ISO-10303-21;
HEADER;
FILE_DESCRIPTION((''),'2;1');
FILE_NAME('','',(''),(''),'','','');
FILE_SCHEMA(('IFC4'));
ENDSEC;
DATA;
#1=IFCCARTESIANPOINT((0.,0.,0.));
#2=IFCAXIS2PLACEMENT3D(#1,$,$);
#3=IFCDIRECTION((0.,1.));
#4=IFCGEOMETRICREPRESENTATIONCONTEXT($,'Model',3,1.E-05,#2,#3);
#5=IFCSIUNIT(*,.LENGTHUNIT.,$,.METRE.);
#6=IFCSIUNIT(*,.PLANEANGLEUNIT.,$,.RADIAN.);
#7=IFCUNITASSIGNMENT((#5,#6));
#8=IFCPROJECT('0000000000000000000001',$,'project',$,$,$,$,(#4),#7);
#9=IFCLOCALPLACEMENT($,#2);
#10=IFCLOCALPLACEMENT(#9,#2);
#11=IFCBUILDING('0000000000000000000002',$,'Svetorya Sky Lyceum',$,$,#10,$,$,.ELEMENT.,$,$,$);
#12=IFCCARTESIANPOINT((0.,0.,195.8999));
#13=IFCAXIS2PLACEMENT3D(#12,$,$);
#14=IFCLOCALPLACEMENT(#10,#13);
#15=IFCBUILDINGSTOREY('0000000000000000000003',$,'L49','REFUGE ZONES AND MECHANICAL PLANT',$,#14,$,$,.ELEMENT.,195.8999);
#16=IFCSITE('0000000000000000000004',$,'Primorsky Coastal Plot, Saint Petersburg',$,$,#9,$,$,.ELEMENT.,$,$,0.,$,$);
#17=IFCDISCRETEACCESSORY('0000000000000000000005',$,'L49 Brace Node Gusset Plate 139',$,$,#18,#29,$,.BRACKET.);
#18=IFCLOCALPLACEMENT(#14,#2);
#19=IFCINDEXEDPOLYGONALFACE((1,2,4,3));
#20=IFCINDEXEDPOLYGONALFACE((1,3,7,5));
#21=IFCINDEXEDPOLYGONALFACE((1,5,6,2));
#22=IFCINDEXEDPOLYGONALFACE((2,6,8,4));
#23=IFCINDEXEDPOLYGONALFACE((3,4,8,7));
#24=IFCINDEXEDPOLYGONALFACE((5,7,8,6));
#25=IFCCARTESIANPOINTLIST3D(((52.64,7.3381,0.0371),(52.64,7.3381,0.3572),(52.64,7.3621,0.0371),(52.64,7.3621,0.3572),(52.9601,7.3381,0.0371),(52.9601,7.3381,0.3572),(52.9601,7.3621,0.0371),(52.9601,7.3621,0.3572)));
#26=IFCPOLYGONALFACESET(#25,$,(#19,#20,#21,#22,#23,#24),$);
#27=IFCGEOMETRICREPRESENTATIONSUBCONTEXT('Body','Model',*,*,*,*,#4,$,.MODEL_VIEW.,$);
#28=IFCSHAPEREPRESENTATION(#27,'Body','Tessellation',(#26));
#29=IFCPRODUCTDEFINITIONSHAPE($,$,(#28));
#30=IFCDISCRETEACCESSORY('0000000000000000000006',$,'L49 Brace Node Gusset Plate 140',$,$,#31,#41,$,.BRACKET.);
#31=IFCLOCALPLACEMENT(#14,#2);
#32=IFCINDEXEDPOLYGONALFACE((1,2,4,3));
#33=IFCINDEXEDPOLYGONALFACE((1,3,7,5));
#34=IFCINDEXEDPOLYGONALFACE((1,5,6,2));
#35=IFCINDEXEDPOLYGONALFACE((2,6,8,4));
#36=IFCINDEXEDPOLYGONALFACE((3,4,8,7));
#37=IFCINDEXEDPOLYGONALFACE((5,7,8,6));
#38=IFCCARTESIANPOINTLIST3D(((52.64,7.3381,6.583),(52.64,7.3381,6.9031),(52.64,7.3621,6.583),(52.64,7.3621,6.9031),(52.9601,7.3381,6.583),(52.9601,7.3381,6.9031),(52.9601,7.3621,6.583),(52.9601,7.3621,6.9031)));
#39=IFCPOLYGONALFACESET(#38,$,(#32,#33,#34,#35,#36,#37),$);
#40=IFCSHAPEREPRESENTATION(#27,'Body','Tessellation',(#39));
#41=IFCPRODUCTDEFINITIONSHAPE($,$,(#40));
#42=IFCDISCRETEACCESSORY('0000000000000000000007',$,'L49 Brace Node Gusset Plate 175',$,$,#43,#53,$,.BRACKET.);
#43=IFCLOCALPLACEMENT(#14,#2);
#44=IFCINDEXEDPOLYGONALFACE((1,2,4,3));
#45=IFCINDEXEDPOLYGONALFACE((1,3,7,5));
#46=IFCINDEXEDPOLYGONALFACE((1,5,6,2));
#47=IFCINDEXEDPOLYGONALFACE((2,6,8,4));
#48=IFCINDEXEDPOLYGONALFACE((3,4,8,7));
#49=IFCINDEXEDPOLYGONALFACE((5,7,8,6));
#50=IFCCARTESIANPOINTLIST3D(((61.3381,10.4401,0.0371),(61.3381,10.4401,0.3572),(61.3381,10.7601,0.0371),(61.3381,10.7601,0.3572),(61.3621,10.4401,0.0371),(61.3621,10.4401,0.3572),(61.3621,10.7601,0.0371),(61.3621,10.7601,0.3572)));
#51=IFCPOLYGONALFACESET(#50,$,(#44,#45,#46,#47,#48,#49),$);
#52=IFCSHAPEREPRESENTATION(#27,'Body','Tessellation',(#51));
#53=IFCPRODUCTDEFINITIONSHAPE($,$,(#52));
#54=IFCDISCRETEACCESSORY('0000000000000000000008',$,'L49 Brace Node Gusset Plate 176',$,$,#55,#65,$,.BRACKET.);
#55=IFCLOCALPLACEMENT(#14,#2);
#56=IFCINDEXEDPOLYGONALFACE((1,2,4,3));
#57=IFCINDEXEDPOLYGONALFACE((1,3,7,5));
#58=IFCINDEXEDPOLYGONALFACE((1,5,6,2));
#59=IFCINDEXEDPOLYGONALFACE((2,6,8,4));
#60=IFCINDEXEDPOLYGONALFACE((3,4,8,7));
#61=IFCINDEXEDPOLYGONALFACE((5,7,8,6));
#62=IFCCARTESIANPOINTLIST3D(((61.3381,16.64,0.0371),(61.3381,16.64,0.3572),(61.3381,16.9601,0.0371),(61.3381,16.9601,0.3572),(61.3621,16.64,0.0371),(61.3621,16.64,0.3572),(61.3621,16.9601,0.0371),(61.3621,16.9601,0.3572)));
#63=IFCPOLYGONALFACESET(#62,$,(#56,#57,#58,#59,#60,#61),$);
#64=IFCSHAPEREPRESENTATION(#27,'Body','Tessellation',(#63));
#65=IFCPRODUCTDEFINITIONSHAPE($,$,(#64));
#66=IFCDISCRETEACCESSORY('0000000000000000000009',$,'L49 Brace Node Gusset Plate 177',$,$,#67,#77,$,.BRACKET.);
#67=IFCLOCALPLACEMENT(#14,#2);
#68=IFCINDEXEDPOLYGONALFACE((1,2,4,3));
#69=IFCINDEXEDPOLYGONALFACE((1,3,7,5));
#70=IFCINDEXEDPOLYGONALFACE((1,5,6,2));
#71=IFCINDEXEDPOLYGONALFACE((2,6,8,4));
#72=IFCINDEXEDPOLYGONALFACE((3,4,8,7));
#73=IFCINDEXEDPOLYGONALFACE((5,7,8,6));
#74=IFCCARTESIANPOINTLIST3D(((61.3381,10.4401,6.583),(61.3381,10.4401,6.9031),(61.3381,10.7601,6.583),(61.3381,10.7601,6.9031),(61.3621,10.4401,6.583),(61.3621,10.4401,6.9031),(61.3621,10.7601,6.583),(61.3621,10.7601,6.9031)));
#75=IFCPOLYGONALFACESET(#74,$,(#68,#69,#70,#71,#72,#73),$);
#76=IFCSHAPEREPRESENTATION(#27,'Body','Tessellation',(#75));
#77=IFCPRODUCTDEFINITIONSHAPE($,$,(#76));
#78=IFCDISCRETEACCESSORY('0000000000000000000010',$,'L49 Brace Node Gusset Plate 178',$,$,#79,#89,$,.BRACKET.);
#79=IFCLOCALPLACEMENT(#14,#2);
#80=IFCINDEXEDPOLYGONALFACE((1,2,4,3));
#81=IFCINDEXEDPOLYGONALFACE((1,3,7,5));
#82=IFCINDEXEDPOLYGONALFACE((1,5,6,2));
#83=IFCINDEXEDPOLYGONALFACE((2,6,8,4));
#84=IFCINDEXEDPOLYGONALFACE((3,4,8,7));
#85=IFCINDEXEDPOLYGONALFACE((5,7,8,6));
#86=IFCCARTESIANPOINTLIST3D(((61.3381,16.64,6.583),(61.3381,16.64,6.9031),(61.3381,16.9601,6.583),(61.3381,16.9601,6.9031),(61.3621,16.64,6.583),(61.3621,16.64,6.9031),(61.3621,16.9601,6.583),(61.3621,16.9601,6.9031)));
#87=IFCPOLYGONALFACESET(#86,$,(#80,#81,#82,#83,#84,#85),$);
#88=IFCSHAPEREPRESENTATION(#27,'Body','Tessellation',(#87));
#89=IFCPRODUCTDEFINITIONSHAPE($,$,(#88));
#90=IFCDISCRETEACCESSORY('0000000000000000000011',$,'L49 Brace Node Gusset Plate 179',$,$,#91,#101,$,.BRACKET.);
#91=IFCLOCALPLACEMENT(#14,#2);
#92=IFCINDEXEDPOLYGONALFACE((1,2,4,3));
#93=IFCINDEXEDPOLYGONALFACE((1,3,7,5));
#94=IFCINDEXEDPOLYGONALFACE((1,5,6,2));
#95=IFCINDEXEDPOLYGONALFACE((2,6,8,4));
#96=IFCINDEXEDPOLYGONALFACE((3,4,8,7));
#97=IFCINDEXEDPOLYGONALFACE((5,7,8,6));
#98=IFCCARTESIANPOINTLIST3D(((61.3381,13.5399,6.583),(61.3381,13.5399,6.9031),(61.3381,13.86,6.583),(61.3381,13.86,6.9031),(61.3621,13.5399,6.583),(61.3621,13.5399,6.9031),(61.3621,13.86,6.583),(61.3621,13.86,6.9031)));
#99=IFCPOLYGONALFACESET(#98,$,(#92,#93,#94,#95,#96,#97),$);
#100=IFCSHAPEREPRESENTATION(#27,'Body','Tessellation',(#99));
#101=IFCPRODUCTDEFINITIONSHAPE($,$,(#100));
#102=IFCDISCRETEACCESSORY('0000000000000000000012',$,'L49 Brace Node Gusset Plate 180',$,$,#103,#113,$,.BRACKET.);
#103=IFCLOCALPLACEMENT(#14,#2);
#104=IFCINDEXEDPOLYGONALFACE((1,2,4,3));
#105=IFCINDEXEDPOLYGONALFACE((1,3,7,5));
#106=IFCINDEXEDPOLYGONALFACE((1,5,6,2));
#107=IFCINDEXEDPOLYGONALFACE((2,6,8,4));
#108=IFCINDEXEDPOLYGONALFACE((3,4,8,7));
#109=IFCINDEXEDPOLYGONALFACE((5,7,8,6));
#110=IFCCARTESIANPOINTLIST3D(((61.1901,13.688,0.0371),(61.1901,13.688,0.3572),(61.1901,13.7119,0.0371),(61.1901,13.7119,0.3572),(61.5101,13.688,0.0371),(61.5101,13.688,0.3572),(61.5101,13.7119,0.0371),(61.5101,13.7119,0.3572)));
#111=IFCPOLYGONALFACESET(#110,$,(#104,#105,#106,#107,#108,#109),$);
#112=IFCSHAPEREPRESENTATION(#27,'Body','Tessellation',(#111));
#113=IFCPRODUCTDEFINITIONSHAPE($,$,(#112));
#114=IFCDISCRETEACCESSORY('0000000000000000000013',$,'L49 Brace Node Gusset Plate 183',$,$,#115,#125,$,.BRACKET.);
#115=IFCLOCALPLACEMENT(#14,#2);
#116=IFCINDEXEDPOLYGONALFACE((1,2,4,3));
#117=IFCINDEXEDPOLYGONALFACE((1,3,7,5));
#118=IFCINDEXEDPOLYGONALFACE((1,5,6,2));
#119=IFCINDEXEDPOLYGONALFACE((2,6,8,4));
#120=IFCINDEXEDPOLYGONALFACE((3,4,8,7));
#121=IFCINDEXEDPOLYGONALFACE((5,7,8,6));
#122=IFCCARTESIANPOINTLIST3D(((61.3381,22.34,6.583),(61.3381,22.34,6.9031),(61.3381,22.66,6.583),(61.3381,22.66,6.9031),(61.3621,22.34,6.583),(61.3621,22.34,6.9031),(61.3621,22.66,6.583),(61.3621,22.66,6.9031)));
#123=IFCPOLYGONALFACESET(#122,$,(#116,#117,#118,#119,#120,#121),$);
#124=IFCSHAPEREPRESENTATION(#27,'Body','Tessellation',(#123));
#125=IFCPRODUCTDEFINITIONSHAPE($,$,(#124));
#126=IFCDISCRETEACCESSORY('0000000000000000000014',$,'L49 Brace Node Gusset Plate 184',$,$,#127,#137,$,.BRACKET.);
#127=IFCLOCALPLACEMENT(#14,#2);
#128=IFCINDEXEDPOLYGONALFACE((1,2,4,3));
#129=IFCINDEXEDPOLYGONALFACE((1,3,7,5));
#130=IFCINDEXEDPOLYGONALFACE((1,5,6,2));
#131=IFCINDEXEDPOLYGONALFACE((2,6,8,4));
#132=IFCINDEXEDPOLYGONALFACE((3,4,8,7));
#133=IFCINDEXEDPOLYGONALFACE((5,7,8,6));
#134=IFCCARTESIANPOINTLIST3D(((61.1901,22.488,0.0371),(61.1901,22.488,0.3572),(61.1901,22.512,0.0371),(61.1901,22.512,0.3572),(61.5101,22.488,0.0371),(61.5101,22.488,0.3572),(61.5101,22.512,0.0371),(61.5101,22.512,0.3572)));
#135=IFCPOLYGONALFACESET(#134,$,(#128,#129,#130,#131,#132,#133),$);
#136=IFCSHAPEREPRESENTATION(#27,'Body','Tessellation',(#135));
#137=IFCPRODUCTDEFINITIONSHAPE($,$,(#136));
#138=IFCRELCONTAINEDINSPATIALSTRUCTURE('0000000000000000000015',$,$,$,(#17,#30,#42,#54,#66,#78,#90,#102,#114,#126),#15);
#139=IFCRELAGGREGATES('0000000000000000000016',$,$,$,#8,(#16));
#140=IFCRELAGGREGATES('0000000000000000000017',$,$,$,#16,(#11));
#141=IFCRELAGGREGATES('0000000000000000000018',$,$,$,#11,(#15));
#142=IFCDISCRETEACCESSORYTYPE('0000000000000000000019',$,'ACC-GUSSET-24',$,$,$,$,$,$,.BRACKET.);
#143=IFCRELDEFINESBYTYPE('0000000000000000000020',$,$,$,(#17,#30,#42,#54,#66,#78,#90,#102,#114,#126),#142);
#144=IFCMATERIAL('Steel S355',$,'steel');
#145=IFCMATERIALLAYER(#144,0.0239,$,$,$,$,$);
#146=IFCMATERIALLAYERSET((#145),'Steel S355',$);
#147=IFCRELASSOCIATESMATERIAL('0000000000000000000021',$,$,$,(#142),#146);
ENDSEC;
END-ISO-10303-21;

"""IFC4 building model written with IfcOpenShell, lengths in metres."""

from ifc_helpers import new_model, si_unit, direction, frame, origin, origin_2d, place, context, subcontext, project, spatial, rectangle, extrude, material, layer, layer_set, type_object, element, save


model = new_model("IFC4")

# Units and contexts
model_context = context("Model", 3, precision=1e-05, world=origin(), true_north=direction((0.0, 1.0)))
body_context = subcontext(model_context, "Body", "Model", "MODEL_VIEW")
ifc_project = project(units=[si_unit("LENGTHUNIT", "METRE"), si_unit("PLANEANGLEUNIT", "RADIAN")], contexts=[model_context])

# Site, building, storey
site_placement = place(None, origin())
site = spatial("IfcSite", under=ifc_project, at=site_placement, Name="Primorsky Coastal Plot, Saint Petersburg", CompositionType="ELEMENT", RefElevation=0.0)
building_placement = place(site_placement, origin())
building = spatial("IfcBuilding", under=site, at=building_placement, Name="Svetorya Sky Lyceum", CompositionType="ELEMENT")
storey_placement = place(building_placement, frame((0.0, 0.0, 195.8999)))
storey = spatial("IfcBuildingStorey", under=building, at=storey_placement, Name="L49", Description="REFUGE ZONES AND MECHANICAL PLANT", CompositionType="ELEMENT", Elevation=195.8999)

# Shared definitions
ifc_material_1 = material(Name="Steel S355", Category="steel")

# Discrete accessories
ifc_layer_1 = layer(ifc_material_1, 0.0239)
ifc_layer_set_1 = layer_set([ifc_layer_1], Name="Steel S355")
discrete_accessory_type = type_object("IfcDiscreteAccessoryType", Name="ACC-GUSSET-24", PredefinedType="BRACKET", material=ifc_layer_set_1)
for number, where, z_axis, x_axis, name in (
    (1, (52.8, 7.3501, 0.0371), (0.0, 0.0, 1.0), (1.0, 0.0, 0.0), "L49 Brace Node Gusset Plate 139"),
    (2, (52.8, 7.3501, 6.583), (0.0, 0.0, 1.0), (1.0, 0.0, 0.0), "L49 Brace Node Gusset Plate 140"),
):
    element("IfcDiscreteAccessory", number, at=place(storey_placement, frame(where, z_axis=z_axis, x_axis=x_axis)), inside=storey, type_object=discrete_accessory_type, Name=name, PredefinedType="BRACKET", context=body_context, shape_type="SweptSolid", body=[
        extrude(rectangle(XDim=0.3201, YDim=0.0239, at=origin_2d()), origin(), (0.0, 0.0, 1.0), 0.3201),
    ])
for number, where, z_axis, x_axis, name in (
    (3, (61.3501, 10.6001, 0.0371), (0.0, 0.0, 1.0), (1.0, 0.0, 0.0), "L49 Brace Node Gusset Plate 175"),
    (4, (61.3501, 16.8, 0.0371), (0.0, 0.0, 1.0), (1.0, 0.0, 0.0), "L49 Brace Node Gusset Plate 176"),
    (5, (61.3501, 10.6001, 6.583), (0.0, 0.0, 1.0), (1.0, 0.0, 0.0), "L49 Brace Node Gusset Plate 177"),
    (6, (61.3501, 16.8, 6.583), (0.0, 0.0, 1.0), (1.0, 0.0, 0.0), "L49 Brace Node Gusset Plate 178"),
    (7, (61.3501, 13.7, 6.583), (0.0, 0.0, 1.0), (1.0, 0.0, 0.0), "L49 Brace Node Gusset Plate 179"),
):
    element("IfcDiscreteAccessory", number, at=place(storey_placement, frame(where, z_axis=z_axis, x_axis=x_axis)), inside=storey, type_object=discrete_accessory_type, Name=name, PredefinedType="BRACKET", context=body_context, shape_type="SweptSolid", body=[
        extrude(rectangle(XDim=0.0239, YDim=0.3201, at=origin_2d()), origin(), (0.0, 0.0, 1.0), 0.3201),
    ])
discrete_accessory_1_placement = place(storey_placement, frame((61.3501, 13.7, 0.0371), z_axis=(0.0, 0.0, 1.0), x_axis=(1.0, 0.0, 0.0)))
element("IfcDiscreteAccessory", 8, at=discrete_accessory_1_placement, inside=storey, type_object=discrete_accessory_type, Name="L49 Brace Node Gusset Plate 180", PredefinedType="BRACKET", context=body_context, shape_type="SweptSolid", body=[
    extrude(rectangle(XDim=0.3201, YDim=0.0239, at=origin_2d()), origin(), (0.0, 0.0, 1.0), 0.3201),
])
discrete_accessory_2_placement = place(storey_placement, frame((61.3501, 22.5, 6.583), z_axis=(0.0, 0.0, 1.0), x_axis=(1.0, 0.0, 0.0)))
element("IfcDiscreteAccessory", 9, at=discrete_accessory_2_placement, inside=storey, type_object=discrete_accessory_type, Name="L49 Brace Node Gusset Plate 183", PredefinedType="BRACKET", context=body_context, shape_type="SweptSolid", body=[
    extrude(rectangle(XDim=0.0239, YDim=0.3201, at=origin_2d()), origin(), (0.0, 0.0, 1.0), 0.3201),
])
discrete_accessory_3_placement = place(storey_placement, frame((61.3501, 22.5, 0.0371), z_axis=(0.0, 0.0, 1.0), x_axis=(1.0, 0.0, 0.0)))
element("IfcDiscreteAccessory", 10, at=discrete_accessory_3_placement, inside=storey, type_object=discrete_accessory_type, Name="L49 Brace Node Gusset Plate 184", PredefinedType="BRACKET", context=body_context, shape_type="SweptSolid", body=[
    extrude(rectangle(XDim=0.3201, YDim=0.0239, at=origin_2d()), origin(), (0.0, 0.0, 1.0), 0.3201),
])

save(model, "model.ifc")
